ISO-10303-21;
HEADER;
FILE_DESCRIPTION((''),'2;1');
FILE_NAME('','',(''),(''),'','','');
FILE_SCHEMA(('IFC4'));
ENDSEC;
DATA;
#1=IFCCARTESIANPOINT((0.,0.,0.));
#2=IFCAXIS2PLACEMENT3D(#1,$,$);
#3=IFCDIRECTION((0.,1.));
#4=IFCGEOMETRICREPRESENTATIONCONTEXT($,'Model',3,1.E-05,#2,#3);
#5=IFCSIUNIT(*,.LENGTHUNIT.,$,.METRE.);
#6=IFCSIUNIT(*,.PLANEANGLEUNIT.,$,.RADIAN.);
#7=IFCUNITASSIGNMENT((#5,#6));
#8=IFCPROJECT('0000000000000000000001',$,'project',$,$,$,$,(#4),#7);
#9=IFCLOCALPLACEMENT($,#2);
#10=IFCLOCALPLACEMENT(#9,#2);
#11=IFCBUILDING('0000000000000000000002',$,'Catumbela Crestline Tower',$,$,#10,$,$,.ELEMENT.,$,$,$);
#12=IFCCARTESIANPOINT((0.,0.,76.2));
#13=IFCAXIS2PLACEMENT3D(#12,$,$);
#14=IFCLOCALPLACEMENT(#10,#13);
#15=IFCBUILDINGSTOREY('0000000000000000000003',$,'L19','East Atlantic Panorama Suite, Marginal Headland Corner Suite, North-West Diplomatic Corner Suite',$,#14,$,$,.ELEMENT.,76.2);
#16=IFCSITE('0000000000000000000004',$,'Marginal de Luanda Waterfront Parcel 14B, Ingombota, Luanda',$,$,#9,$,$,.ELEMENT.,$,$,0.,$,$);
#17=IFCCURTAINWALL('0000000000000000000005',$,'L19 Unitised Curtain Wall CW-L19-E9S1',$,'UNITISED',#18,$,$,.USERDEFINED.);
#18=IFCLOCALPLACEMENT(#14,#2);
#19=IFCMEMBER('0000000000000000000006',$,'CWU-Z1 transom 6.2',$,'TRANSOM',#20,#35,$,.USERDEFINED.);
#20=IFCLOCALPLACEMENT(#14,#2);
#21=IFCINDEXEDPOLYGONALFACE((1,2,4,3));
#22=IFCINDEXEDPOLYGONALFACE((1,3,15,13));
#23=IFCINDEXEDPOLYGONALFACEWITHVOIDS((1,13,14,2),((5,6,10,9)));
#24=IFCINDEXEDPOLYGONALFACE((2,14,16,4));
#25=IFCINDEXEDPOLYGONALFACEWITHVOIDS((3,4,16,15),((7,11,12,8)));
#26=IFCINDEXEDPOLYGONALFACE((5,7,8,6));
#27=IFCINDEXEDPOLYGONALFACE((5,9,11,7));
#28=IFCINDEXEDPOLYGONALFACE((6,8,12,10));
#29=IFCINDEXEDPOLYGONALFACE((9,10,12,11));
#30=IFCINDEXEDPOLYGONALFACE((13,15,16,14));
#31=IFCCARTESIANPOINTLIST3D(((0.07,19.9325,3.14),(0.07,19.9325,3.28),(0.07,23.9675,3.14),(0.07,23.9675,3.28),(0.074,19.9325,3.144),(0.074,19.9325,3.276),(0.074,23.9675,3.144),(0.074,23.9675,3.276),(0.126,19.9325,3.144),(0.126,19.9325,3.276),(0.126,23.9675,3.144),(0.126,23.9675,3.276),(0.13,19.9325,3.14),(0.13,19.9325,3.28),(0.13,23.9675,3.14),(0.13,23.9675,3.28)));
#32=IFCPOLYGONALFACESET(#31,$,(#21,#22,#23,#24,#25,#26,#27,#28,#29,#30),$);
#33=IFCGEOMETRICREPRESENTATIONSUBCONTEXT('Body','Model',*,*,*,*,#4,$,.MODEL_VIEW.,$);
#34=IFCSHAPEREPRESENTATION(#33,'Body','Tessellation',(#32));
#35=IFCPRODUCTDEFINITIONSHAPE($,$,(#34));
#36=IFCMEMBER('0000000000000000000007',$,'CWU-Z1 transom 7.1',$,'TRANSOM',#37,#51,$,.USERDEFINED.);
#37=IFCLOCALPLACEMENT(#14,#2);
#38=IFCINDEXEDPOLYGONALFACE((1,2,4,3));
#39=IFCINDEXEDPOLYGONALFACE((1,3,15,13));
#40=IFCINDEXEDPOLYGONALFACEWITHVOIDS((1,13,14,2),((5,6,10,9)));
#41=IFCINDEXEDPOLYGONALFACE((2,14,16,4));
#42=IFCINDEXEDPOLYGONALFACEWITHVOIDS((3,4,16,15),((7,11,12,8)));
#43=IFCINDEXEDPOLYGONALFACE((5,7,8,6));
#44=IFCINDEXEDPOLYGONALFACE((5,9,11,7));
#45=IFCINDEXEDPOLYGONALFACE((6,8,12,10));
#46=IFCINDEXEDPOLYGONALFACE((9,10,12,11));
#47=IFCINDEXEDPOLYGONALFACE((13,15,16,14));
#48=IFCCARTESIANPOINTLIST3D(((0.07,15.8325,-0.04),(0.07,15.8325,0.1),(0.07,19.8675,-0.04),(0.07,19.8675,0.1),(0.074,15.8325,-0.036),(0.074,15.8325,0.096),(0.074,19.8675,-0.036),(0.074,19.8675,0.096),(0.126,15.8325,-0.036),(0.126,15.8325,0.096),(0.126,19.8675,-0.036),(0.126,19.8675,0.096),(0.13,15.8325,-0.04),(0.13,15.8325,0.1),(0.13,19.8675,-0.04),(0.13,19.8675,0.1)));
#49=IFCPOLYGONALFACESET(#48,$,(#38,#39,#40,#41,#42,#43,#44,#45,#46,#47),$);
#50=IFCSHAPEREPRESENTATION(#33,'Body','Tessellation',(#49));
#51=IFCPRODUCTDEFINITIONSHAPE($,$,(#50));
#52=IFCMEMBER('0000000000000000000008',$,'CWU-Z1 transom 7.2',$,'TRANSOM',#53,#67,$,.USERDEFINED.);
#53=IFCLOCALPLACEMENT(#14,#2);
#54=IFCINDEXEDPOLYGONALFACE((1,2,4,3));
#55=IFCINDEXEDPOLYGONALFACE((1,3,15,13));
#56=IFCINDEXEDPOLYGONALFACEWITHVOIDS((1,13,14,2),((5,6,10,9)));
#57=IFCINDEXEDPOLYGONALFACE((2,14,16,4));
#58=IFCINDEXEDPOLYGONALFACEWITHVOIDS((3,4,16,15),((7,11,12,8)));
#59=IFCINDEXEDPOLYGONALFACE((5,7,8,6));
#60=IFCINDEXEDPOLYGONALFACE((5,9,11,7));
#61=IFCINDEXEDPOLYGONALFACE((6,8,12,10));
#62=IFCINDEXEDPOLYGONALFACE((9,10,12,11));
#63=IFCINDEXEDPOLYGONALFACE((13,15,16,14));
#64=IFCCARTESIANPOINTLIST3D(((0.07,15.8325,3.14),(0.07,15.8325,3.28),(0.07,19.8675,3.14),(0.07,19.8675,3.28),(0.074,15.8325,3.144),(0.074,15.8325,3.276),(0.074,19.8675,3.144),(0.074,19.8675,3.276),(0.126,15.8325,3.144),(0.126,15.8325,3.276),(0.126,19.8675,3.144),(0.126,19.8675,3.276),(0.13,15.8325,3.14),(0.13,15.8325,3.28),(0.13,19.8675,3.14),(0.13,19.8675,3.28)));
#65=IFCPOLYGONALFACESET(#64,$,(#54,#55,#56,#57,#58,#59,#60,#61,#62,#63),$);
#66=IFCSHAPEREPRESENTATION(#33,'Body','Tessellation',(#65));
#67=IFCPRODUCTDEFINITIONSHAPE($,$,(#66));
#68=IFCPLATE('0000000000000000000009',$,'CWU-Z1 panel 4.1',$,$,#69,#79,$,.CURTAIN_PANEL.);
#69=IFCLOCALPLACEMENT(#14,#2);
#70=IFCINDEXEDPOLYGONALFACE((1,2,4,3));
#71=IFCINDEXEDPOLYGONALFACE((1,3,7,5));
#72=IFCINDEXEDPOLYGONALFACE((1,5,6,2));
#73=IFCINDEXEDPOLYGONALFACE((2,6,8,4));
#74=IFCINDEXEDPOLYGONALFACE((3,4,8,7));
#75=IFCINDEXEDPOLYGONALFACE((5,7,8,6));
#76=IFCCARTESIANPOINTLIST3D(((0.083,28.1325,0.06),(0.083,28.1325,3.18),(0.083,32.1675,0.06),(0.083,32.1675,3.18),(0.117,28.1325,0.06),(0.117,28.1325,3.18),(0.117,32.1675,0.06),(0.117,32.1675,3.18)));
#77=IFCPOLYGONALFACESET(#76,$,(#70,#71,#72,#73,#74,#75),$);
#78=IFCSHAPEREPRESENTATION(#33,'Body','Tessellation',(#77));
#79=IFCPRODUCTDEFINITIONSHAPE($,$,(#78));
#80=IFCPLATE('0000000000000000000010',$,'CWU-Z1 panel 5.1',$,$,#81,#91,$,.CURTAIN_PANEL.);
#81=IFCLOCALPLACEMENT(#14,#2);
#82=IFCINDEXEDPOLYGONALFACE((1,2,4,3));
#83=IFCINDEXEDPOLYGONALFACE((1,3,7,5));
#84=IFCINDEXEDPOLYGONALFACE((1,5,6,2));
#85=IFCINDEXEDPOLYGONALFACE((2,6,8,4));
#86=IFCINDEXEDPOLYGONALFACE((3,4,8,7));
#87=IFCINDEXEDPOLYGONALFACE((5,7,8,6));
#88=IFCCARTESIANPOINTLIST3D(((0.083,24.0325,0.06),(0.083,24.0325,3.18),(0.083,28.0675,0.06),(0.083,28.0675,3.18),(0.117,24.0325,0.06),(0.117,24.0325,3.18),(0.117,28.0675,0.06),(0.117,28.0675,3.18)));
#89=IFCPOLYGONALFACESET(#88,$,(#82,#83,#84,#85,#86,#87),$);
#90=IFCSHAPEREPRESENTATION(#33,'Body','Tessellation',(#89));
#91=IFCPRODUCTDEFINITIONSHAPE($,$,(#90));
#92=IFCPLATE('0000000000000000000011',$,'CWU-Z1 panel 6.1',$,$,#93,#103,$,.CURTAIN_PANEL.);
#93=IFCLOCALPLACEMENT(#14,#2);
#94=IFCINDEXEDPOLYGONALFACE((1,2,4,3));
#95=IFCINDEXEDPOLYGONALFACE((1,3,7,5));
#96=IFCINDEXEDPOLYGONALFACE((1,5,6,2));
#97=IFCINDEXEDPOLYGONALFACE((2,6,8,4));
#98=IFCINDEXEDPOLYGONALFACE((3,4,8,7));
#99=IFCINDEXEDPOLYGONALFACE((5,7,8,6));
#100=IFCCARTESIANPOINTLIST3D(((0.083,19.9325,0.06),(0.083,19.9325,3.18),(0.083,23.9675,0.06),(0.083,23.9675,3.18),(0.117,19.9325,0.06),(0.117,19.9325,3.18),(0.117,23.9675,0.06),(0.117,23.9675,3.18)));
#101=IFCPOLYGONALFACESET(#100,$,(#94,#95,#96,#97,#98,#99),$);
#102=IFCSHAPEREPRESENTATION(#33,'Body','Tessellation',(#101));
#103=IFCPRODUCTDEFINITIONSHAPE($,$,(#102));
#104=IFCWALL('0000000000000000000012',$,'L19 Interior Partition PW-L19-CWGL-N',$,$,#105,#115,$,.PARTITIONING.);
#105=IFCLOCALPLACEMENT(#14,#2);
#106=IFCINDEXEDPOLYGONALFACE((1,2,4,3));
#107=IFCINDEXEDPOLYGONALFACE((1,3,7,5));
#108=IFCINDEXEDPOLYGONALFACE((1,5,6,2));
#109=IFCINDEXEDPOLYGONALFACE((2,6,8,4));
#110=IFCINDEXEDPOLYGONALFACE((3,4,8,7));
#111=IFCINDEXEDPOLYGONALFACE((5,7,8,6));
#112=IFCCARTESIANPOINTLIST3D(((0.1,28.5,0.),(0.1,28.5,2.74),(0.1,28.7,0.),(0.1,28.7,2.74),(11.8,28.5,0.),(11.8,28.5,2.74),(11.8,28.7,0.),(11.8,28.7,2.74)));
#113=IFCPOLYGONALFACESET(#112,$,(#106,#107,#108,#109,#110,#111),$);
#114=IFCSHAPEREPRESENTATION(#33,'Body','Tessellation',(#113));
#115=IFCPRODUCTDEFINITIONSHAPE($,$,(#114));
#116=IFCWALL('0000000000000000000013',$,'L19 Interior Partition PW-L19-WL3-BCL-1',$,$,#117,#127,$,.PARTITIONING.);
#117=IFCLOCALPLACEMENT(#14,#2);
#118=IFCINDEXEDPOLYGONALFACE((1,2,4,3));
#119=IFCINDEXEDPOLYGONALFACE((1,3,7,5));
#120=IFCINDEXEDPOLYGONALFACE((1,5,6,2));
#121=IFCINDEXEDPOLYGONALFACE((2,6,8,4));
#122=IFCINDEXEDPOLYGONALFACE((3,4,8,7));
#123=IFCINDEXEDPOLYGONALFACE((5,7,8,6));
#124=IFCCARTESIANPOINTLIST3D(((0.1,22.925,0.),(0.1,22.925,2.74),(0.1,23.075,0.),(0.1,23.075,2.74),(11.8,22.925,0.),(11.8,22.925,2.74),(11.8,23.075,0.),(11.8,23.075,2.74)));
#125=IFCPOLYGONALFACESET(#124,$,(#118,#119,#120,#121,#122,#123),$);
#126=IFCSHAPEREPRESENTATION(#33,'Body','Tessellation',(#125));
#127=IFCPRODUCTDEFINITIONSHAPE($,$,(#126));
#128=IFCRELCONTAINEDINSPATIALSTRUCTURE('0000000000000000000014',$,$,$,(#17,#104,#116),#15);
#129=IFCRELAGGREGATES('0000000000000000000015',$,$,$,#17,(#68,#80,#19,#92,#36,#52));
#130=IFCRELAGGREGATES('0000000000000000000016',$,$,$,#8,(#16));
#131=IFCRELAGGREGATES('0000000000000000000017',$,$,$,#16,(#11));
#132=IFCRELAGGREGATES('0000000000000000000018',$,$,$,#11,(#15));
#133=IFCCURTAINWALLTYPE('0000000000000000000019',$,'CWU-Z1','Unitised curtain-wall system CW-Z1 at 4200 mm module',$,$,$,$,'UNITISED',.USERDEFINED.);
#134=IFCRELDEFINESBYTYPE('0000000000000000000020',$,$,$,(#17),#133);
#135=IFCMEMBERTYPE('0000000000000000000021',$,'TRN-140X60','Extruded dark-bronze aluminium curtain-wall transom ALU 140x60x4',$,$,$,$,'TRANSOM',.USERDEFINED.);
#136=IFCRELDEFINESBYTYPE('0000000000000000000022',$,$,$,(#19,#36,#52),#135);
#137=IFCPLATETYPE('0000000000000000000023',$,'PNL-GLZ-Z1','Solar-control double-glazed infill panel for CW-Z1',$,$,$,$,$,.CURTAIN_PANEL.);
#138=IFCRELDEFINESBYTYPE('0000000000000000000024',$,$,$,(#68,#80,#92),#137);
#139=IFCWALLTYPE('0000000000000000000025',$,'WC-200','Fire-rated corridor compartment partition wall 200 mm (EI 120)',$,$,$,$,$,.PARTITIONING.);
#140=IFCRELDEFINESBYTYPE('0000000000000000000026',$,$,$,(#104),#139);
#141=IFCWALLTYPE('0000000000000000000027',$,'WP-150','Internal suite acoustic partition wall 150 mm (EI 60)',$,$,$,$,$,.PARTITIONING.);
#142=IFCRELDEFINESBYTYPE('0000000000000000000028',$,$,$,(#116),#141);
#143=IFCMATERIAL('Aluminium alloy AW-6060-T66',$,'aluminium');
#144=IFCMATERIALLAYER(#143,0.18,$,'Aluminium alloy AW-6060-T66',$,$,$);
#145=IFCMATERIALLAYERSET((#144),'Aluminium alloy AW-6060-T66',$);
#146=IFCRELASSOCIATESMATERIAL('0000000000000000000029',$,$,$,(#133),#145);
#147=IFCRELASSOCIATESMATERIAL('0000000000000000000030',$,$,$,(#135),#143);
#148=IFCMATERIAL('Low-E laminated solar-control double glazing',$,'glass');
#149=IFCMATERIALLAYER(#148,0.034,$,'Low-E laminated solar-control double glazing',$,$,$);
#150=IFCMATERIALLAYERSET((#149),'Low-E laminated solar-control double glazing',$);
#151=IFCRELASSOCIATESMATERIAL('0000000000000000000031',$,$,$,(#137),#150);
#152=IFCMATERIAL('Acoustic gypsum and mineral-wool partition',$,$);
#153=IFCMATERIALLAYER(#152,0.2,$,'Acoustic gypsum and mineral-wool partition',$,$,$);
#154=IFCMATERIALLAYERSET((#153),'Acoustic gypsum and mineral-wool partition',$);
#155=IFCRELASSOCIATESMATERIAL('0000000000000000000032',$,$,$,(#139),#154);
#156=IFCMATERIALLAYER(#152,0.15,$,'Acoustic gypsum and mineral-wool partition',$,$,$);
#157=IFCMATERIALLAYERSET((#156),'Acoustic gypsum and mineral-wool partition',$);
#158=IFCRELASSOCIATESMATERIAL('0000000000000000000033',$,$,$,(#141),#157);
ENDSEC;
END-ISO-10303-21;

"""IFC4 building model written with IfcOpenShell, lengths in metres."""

from ifc_helpers import new_model, si_unit, direction, frame, frame_2d, origin, origin_2d, place, context, subcontext, project, spatial, rectangle, hollow_rectangle, extrude, material, layer, layer_set, material_profile, profile_set, type_object, element, aggregate, save


model = new_model("IFC4")

# Units and contexts
model_context = context("Model", 3, precision=1e-05, world=origin(), true_north=direction((0.0, 1.0)))
body_context = subcontext(model_context, "Body", "Model", "MODEL_VIEW")
ifc_project = project(units=[si_unit("LENGTHUNIT", "METRE"), si_unit("PLANEANGLEUNIT", "RADIAN")], contexts=[model_context])

# Site, building, storey
site_placement = place(None, origin())
site = spatial("IfcSite", under=ifc_project, at=site_placement, Name="Marginal de Luanda Waterfront Parcel 14B, Ingombota, Luanda", CompositionType="ELEMENT", RefElevation=0.0)
building_placement = place(site_placement, origin())
building = spatial("IfcBuilding", under=site, at=building_placement, Name="Catumbela Crestline Tower", CompositionType="ELEMENT")
storey_placement = place(building_placement, frame((0.0, 0.0, 76.2)))
storey = spatial("IfcBuildingStorey", under=building, at=storey_placement, Name="L19", Description="East Atlantic Panorama Suite, Marginal Headland Corner Suite, North-West Diplomatic Corner Suite", CompositionType="ELEMENT", Elevation=76.2)

# Curtain wall
ifc_material_1 = material(Name="Aluminium alloy AW-6060-T66", Category="aluminium")
ifc_layer_1 = layer(ifc_material_1, 0.18, Name="Aluminium alloy AW-6060-T66")
ifc_layer_set_1 = layer_set([ifc_layer_1], Name="Aluminium alloy AW-6060-T66")
curtain_wall_type = type_object("IfcCurtainWallType", Name="CWU-Z1", Description="Unitised curtain-wall system CW-Z1 at 4200 mm module", ElementType="UNITISED", PredefinedType="USERDEFINED", material=ifc_layer_set_1)
curtain_wall_placement = place(storey_placement, origin())
curtain_wall = element("IfcCurtainWall", 1, at=curtain_wall_placement, inside=storey, type_object=curtain_wall_type, Name="L19 Unitised Curtain Wall CW-L19-E9S1", ObjectType="UNITISED", PredefinedType="USERDEFINED")

# Members
ifc_material_profile_1 = material_profile(ifc_material_1, hollow_rectangle(XDim=0.06, YDim=0.14, WallThickness=0.004, at=origin_2d()), Name="ALU 140x60x4")
ifc_profile_set_1 = profile_set([ifc_material_profile_1], Name="Aluminium alloy AW-6060-T66")
member_type_1 = type_object("IfcMemberType", Name="TRN-140X60", Description="Extruded dark-bronze aluminium curtain-wall transom ALU 140x60x4", ElementType="TRANSOM", PredefinedType="USERDEFINED", material=ifc_profile_set_1)
member_1_placement = place(storey_placement, frame((0.1, 23.9675, 3.21), z_axis=(0.0, -1.0, 0.0), x_axis=(1.0, 0.0, 0.0)))
member_1 = element("IfcMember", 2, at=member_1_placement, type_object=member_type_1, Name="CWU-Z1 transom 6.2", ObjectType="TRANSOM", PredefinedType="USERDEFINED", context=body_context, shape_type="SweptSolid", body=[
    extrude(hollow_rectangle(XDim=0.06, YDim=0.14, WallThickness=0.004, at=origin_2d()), origin(), (0.0, 0.0, 1.0), 4.035),
])
member_2_placement = place(storey_placement, frame((0.1, 19.8675, 0.03), z_axis=(0.0, -1.0, 0.0), x_axis=(1.0, 0.0, 0.0)))
member_2 = element("IfcMember", 3, at=member_2_placement, type_object=member_type_1, Name="CWU-Z1 transom 7.1", ObjectType="TRANSOM", PredefinedType="USERDEFINED", context=body_context, shape_type="SweptSolid", body=[
    extrude(hollow_rectangle(XDim=0.06, YDim=0.14, WallThickness=0.004, at=origin_2d()), origin(), (0.0, 0.0, 1.0), 4.035),
])
member_3_placement = place(storey_placement, frame((0.1, 19.8675, 3.21), z_axis=(0.0, -1.0, 0.0), x_axis=(1.0, 0.0, 0.0)))
member_3 = element("IfcMember", 4, at=member_3_placement, type_object=member_type_1, Name="CWU-Z1 transom 7.2", ObjectType="TRANSOM", PredefinedType="USERDEFINED", context=body_context, shape_type="SweptSolid", body=[
    extrude(hollow_rectangle(XDim=0.06, YDim=0.14, WallThickness=0.004, at=origin_2d()), origin(), (0.0, 0.0, 1.0), 4.035),
])

# Plates
ifc_material_2 = material(Name="Low-E laminated solar-control double glazing", Category="glass")
ifc_layer_2 = layer(ifc_material_2, 0.034, Name="Low-E laminated solar-control double glazing")
ifc_layer_set_2 = layer_set([ifc_layer_2], Name="Low-E laminated solar-control double glazing")
plate_type = type_object("IfcPlateType", Name="PNL-GLZ-Z1", Description="Solar-control double-glazed infill panel for CW-Z1", PredefinedType="CURTAIN_PANEL", material=ifc_layer_set_2)
plate_1_placement = place(storey_placement, frame((0.1, 30.15, 0.06), z_axis=(0.0, 0.0, 1.0), x_axis=(0.0, -1.0, 0.0)))
plate_1 = element("IfcPlate", 5, at=plate_1_placement, type_object=plate_type, Name="CWU-Z1 panel 4.1", PredefinedType="CURTAIN_PANEL", context=body_context, shape_type="SweptSolid", body=[
    extrude(rectangle(XDim=4.035, YDim=0.034, at=origin_2d()), origin(), (0.0, 0.0, 1.0), 3.12),
])
plate_2_placement = place(storey_placement, frame((0.1, 26.05, 0.06), z_axis=(0.0, 0.0, 1.0), x_axis=(0.0, -1.0, 0.0)))
plate_2 = element("IfcPlate", 6, at=plate_2_placement, type_object=plate_type, Name="CWU-Z1 panel 5.1", PredefinedType="CURTAIN_PANEL", context=body_context, shape_type="SweptSolid", body=[
    extrude(rectangle(XDim=4.035, YDim=0.034, at=origin_2d()), origin(), (0.0, 0.0, 1.0), 3.12),
])
plate_3_placement = place(storey_placement, frame((0.1, 21.95, 0.06), z_axis=(0.0, 0.0, 1.0), x_axis=(0.0, -1.0, 0.0)))
plate_3 = element("IfcPlate", 7, at=plate_3_placement, type_object=plate_type, Name="CWU-Z1 panel 6.1", PredefinedType="CURTAIN_PANEL", context=body_context, shape_type="SweptSolid", body=[
    extrude(rectangle(XDim=4.035, YDim=0.034, at=origin_2d()), origin(), (0.0, 0.0, 1.0), 3.12),
])
aggregate(curtain_wall, [plate_1, plate_2, member_1, plate_3, member_2, member_3])

# Walls
ifc_material_3 = material(Name="Acoustic gypsum and mineral-wool partition")
ifc_layer_3 = layer(ifc_material_3, 0.2, Name="Acoustic gypsum and mineral-wool partition")
ifc_layer_set_3 = layer_set([ifc_layer_3], Name="Acoustic gypsum and mineral-wool partition")
wall_type_1 = type_object("IfcWallType", Name="WC-200", Description="Fire-rated corridor compartment partition wall 200 mm (EI 120)", PredefinedType="PARTITIONING", material=ifc_layer_set_3)
wall_1_placement = place(storey_placement, frame((0.1, 28.6, 0.0), z_axis=(0.0, 0.0, 1.0), x_axis=(1.0, 0.0, 0.0)))
element("IfcWall", 8, at=wall_1_placement, inside=storey, type_object=wall_type_1, Name="L19 Interior Partition PW-L19-CWGL-N", PredefinedType="PARTITIONING", context=body_context, shape_type="SweptSolid", body=[
    extrude(rectangle(XDim=11.7, YDim=0.2, at=frame_2d((5.85, 0.0))), origin(), (0.0, 0.0, 1.0), 2.74),
])
ifc_layer_4 = layer(ifc_material_3, 0.15, Name="Acoustic gypsum and mineral-wool partition")
ifc_layer_set_4 = layer_set([ifc_layer_4], Name="Acoustic gypsum and mineral-wool partition")
wall_type_2 = type_object("IfcWallType", Name="WP-150", Description="Internal suite acoustic partition wall 150 mm (EI 60)", PredefinedType="PARTITIONING", material=ifc_layer_set_4)
wall_2_placement = place(storey_placement, frame((0.1, 23.0, 0.0), z_axis=(0.0, 0.0, 1.0), x_axis=(1.0, 0.0, 0.0)))
element("IfcWall", 9, at=wall_2_placement, inside=storey, type_object=wall_type_2, Name="L19 Interior Partition PW-L19-WL3-BCL-1", PredefinedType="PARTITIONING", context=body_context, shape_type="SweptSolid", body=[
    extrude(rectangle(XDim=11.7, YDim=0.15, at=frame_2d((5.85, 0.0))), origin(), (0.0, 0.0, 1.0), 2.74),
])

save(model, "model.ifc")
